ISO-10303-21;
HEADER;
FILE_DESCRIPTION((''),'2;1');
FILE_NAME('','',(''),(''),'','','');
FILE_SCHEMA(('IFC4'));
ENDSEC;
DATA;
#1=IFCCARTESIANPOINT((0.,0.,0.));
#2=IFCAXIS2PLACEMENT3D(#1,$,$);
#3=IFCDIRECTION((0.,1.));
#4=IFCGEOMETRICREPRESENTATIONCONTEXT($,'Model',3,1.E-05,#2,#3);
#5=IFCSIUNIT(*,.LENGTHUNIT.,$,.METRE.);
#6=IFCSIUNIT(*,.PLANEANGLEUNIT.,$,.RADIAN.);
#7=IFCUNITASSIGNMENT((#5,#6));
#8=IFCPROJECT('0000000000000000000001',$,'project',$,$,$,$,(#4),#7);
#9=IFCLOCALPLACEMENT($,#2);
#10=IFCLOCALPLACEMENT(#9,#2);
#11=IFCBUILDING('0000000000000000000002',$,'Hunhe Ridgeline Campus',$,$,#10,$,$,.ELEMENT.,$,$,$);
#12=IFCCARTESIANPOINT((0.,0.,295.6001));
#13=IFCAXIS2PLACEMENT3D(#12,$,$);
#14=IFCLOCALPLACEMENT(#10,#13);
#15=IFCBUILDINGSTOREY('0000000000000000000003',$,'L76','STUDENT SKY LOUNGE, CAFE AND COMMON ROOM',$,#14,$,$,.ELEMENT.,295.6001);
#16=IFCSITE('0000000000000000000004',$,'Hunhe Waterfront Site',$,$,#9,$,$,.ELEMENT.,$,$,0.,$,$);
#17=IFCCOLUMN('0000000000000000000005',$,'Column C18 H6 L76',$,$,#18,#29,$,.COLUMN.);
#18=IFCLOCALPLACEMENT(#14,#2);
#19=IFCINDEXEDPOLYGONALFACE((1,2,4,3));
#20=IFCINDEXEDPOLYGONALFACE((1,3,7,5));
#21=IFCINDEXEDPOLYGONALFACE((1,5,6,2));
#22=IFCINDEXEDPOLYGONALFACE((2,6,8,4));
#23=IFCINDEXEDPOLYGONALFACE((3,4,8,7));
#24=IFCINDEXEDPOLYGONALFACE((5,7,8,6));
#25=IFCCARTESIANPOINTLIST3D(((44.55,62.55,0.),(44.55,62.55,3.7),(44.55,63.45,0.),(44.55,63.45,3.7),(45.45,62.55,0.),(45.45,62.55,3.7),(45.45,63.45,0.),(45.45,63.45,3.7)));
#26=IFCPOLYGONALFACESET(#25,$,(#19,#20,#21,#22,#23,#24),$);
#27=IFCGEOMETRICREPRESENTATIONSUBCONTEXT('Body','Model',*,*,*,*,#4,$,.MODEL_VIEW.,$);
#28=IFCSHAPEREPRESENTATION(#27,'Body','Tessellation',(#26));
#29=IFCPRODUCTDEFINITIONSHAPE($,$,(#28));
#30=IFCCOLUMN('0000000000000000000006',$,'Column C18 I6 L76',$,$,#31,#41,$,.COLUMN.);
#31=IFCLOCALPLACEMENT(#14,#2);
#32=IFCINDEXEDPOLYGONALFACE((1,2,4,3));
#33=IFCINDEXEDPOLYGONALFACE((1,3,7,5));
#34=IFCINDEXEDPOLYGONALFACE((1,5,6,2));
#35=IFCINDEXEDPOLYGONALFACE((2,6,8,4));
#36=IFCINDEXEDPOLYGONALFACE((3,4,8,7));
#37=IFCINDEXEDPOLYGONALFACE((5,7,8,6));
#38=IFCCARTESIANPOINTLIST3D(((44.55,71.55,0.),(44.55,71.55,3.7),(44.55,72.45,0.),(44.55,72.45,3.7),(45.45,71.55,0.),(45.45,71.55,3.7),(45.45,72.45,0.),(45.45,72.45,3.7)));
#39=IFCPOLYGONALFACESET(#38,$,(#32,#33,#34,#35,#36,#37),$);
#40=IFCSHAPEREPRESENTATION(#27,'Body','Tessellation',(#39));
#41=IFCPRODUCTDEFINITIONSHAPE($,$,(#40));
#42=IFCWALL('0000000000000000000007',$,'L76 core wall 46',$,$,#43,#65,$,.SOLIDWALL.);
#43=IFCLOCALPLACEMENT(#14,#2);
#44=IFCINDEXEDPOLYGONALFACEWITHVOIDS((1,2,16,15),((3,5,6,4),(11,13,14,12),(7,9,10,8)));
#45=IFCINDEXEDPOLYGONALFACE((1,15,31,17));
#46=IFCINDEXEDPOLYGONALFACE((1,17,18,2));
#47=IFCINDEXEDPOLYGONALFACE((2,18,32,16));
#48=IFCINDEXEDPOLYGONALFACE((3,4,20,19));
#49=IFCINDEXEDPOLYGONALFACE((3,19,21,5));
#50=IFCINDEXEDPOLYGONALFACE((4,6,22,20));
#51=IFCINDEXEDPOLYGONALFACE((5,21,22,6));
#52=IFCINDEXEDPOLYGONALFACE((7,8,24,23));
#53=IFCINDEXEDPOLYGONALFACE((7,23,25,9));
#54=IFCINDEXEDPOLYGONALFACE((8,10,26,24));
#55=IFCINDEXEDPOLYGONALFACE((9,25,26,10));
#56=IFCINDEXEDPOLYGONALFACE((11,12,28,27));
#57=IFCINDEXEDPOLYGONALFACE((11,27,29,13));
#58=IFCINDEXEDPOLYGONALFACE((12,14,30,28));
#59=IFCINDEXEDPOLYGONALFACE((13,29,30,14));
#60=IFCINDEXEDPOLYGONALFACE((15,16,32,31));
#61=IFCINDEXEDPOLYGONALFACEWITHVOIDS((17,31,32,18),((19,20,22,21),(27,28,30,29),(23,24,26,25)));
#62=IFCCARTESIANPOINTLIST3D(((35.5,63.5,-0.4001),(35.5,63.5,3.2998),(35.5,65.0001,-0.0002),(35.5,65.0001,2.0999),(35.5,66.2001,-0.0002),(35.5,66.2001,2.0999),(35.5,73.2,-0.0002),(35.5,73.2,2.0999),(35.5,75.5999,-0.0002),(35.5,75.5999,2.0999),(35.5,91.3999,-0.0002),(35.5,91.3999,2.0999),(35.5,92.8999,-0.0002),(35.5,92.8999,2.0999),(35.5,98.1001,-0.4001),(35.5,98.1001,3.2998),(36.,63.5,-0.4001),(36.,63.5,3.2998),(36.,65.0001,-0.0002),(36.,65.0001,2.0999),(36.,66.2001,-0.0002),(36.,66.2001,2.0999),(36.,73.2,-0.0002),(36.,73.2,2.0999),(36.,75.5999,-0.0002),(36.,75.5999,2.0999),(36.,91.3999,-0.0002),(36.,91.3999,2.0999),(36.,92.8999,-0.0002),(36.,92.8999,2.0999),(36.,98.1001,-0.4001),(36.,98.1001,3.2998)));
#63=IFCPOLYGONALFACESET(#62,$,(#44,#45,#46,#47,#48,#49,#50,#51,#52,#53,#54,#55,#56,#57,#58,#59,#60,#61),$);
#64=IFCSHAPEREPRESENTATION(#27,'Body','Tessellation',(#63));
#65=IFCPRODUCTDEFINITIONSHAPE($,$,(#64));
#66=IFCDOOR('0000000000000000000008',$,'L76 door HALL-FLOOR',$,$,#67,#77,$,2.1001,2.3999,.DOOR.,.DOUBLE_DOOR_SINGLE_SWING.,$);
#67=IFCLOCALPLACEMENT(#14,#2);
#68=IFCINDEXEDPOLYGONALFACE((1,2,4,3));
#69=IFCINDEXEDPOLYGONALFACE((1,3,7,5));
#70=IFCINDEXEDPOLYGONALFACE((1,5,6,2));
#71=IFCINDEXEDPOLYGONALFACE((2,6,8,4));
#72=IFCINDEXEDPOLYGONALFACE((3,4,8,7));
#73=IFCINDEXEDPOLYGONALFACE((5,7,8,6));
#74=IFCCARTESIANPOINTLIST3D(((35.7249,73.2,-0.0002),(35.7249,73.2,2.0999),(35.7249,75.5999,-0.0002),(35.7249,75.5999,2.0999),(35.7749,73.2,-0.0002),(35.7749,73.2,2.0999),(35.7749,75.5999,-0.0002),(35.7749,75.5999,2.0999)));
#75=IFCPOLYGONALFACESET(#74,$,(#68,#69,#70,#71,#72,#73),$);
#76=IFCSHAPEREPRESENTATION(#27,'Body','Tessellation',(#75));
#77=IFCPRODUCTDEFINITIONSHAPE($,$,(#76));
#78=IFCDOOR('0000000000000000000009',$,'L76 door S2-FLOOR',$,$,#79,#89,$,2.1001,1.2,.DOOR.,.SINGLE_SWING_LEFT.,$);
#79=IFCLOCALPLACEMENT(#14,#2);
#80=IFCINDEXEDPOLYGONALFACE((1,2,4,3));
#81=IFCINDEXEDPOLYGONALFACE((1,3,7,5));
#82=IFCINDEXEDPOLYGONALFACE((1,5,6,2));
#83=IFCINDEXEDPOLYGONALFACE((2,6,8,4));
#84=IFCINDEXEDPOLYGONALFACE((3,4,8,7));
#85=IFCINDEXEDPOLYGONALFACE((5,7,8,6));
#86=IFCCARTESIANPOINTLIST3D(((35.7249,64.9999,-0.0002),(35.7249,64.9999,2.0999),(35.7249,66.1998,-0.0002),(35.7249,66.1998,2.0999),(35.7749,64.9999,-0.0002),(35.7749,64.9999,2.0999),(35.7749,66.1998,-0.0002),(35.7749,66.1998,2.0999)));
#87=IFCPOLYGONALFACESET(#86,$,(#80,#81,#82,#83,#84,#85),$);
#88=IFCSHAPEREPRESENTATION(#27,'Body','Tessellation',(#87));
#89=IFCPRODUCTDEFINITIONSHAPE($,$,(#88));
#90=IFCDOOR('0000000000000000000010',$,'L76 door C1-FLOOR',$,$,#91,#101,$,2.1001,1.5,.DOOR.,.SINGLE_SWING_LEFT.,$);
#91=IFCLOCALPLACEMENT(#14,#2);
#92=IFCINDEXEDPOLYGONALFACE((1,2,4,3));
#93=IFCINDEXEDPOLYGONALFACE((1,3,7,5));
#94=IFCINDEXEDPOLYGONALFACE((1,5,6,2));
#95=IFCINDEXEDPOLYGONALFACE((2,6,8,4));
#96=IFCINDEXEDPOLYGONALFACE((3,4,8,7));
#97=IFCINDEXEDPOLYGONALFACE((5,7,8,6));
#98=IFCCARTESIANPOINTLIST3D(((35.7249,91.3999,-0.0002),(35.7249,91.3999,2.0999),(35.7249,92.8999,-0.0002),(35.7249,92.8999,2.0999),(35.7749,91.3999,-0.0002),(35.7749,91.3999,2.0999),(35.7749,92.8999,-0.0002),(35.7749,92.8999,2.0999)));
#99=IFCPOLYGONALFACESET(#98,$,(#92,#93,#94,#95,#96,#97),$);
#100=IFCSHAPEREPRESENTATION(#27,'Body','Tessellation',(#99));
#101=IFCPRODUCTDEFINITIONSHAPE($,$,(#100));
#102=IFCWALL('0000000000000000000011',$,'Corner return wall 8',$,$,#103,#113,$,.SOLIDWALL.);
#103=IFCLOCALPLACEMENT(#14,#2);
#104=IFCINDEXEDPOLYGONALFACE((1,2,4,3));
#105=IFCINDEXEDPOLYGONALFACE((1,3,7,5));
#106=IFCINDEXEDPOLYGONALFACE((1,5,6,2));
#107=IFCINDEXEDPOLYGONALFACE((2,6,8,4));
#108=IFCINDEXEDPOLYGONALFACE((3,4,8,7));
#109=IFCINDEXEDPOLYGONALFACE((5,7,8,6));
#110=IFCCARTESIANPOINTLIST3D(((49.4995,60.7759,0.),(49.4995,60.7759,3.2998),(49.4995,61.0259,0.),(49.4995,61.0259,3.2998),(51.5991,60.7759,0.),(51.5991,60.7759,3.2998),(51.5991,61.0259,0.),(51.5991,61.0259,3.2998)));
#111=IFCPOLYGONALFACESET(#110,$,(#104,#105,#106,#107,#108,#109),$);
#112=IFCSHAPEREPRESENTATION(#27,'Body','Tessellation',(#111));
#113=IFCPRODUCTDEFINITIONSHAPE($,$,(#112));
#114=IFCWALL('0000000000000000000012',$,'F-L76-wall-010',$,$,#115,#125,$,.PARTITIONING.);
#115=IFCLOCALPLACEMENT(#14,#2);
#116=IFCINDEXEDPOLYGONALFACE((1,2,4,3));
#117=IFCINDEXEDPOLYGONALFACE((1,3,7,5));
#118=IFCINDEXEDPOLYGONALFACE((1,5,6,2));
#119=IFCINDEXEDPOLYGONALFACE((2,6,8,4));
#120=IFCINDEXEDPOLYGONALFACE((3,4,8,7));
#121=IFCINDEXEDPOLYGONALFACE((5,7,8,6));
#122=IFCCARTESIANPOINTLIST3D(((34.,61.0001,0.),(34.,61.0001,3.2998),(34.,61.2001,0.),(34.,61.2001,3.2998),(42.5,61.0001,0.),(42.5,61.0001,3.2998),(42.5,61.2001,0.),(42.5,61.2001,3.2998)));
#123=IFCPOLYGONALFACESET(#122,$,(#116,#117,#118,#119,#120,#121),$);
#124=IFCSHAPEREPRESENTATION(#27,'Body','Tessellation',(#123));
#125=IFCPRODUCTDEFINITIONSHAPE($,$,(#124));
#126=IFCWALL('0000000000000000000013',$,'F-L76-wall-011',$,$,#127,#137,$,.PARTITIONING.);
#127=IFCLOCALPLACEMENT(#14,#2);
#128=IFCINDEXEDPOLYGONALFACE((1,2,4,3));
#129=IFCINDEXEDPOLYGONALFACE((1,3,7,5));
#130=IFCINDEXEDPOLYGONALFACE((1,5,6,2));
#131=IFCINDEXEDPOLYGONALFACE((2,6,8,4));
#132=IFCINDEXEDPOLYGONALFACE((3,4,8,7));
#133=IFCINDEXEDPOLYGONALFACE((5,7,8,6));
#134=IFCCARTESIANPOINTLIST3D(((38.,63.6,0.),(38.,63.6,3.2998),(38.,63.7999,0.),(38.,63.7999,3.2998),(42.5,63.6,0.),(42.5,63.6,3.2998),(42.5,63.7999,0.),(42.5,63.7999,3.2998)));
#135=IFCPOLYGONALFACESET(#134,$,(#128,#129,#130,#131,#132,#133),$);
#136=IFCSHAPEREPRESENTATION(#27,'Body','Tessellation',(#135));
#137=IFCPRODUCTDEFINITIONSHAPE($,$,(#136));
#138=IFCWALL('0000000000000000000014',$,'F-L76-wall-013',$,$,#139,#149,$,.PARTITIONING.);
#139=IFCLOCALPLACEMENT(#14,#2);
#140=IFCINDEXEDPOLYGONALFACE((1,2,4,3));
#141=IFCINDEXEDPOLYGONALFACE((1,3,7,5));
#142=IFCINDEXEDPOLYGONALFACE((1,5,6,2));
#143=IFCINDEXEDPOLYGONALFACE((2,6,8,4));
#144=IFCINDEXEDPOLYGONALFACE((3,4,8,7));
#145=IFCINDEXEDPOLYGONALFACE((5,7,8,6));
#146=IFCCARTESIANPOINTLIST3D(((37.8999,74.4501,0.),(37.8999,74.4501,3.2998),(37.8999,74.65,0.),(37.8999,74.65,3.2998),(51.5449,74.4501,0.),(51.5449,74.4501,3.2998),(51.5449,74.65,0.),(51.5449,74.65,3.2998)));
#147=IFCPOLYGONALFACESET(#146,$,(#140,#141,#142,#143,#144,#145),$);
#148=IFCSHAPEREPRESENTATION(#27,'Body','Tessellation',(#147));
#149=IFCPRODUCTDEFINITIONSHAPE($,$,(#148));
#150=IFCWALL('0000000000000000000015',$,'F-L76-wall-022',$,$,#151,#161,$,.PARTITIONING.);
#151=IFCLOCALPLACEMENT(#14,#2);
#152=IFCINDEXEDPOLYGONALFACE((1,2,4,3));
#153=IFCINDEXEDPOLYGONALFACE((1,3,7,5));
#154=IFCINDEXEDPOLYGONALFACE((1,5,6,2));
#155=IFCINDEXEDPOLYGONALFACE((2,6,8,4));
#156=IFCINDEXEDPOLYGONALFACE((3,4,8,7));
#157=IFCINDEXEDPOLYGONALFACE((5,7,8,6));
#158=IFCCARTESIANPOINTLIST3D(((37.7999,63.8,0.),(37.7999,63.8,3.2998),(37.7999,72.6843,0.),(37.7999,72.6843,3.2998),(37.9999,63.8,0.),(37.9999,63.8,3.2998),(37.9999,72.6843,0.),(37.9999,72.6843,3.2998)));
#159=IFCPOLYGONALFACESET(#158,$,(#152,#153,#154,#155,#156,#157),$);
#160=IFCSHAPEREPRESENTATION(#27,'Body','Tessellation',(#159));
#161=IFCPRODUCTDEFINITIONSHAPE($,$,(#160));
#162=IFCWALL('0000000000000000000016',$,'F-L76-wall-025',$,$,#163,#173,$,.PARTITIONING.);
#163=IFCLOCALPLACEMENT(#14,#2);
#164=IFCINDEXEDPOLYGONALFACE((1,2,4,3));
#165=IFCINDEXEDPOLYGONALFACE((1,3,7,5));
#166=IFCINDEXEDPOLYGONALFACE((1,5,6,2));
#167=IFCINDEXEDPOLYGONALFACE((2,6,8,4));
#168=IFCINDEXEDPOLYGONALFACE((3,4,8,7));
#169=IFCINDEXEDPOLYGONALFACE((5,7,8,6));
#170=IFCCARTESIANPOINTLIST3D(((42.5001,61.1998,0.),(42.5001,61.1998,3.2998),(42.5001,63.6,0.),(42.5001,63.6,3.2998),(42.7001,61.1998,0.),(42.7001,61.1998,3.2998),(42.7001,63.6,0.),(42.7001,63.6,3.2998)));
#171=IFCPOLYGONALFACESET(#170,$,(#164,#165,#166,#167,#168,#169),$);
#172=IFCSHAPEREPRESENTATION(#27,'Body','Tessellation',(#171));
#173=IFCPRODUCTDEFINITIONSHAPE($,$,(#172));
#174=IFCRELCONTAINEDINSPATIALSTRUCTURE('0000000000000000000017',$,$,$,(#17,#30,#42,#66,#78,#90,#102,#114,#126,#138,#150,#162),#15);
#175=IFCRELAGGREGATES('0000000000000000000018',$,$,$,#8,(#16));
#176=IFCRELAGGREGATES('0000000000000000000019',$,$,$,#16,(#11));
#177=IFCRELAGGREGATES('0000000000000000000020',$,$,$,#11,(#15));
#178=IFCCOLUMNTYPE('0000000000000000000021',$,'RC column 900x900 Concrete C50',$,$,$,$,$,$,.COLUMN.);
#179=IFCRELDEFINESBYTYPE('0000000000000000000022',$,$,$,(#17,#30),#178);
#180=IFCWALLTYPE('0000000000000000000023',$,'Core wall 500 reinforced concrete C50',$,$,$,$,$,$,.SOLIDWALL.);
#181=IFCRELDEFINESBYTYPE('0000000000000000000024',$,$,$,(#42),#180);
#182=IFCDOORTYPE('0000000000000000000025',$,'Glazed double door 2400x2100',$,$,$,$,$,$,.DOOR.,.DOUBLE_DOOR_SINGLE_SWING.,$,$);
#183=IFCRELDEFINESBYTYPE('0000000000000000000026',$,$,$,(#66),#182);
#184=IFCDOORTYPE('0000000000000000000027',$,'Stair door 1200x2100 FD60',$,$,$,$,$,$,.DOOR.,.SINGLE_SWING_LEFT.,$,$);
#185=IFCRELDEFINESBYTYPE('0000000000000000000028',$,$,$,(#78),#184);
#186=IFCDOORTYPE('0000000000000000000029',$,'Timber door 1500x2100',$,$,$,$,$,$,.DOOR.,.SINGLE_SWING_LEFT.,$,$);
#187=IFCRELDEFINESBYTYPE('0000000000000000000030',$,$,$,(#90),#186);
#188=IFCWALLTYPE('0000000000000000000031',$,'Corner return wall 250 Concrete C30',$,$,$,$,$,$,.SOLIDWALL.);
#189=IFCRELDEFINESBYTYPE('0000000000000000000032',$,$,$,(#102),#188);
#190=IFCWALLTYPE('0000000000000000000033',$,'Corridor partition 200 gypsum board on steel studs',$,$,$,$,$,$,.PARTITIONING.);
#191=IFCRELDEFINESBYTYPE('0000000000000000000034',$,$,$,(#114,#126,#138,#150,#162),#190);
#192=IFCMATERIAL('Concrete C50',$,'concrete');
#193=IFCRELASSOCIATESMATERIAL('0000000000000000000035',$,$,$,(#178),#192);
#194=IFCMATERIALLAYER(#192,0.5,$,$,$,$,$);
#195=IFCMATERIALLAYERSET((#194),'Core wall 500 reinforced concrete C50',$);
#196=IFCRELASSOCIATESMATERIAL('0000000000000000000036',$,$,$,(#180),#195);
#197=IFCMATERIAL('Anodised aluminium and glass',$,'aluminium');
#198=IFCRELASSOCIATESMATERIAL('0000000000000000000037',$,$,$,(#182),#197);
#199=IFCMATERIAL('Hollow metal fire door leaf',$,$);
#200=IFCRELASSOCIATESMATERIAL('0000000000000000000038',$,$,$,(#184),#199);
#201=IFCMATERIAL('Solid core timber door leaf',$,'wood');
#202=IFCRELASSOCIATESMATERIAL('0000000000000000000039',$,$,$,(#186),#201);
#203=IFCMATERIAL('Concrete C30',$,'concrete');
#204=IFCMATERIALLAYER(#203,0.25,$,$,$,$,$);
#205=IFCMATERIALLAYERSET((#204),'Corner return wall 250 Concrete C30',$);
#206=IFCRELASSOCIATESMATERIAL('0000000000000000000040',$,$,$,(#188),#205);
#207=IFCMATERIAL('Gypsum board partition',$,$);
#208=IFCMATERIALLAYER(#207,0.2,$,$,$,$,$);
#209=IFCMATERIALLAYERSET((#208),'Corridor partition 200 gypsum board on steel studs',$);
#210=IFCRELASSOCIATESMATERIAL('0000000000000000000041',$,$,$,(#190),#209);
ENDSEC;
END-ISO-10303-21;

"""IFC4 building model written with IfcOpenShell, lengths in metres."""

from ifc_helpers import new_model, si_unit, direction, frame, frame_2d, origin, origin_2d, place, context, subcontext, project, spatial, rectangle, extrude, material, layer, layer_set, material_profile, profile_set, type_object, element, fill, save


model = new_model("IFC4")

# Units and contexts
model_context = context("Model", 3, precision=1e-05, world=origin(), true_north=direction((0.0, 1.0)))
body_context = subcontext(model_context, "Body", "Model", "MODEL_VIEW")
ifc_project = project(units=[si_unit("LENGTHUNIT", "METRE"), si_unit("PLANEANGLEUNIT", "RADIAN")], contexts=[model_context])

# Site, building, storey
site_placement = place(None, origin())
site = spatial("IfcSite", under=ifc_project, at=site_placement, Name="Hunhe Waterfront Site", CompositionType="ELEMENT", RefElevation=0.0)
building_placement = place(site_placement, origin())
building = spatial("IfcBuilding", under=site, at=building_placement, Name="Hunhe Ridgeline Campus", CompositionType="ELEMENT")
storey_placement = place(building_placement, frame((0.0, 0.0, 295.6001)))
storey = spatial("IfcBuildingStorey", under=building, at=storey_placement, Name="L76", Description="STUDENT SKY LOUNGE, CAFE AND COMMON ROOM", CompositionType="ELEMENT", Elevation=295.6001)

# Columns
ifc_material_1 = material(Name="Concrete C50", Category="concrete")
ifc_material_profile = material_profile(ifc_material_1, rectangle(XDim=0.8999, YDim=0.8999, at=origin_2d()))
ifc_profile_set = profile_set([ifc_material_profile], Name="Concrete C50")
column_type = type_object("IfcColumnType", Name="RC column 900x900 Concrete C50", PredefinedType="COLUMN", material=ifc_profile_set)
for number, where, z_axis, x_axis, name in (
    (1, (45.0, 63.0, 0.0), (0.0, 0.0, 1.0), (1.0, 0.0, 0.0), "Column C18 H6 L76"),
    (2, (45.0, 72.0, 0.0), (0.0, 0.0, 1.0), (1.0, 0.0, 0.0), "Column C18 I6 L76"),
):
    element("IfcColumn", number, at=place(storey_placement, frame(where, z_axis=z_axis, x_axis=x_axis)), inside=storey, type_object=column_type, Name=name, PredefinedType="COLUMN", context=body_context, shape_type="SweptSolid", body=[
        extrude(rectangle(XDim=0.8999, YDim=0.8999, at=origin_2d()), origin(), (0.0, 0.0, 1.0), 3.7),
    ])

# Wall, openings, doors
ifc_layer_1 = layer(ifc_material_1, 0.5)
ifc_layer_set_1 = layer_set([ifc_layer_1], Name="Core wall 500 reinforced concrete C50")
wall_type_1 = type_object("IfcWallType", Name="Core wall 500 reinforced concrete C50", PredefinedType="SOLIDWALL", material=ifc_layer_set_1)
wall_1_placement = place(storey_placement, frame((35.75, 63.5, -0.4001), z_axis=(0.0, 0.0, 1.0), x_axis=(0.0, 1.0, 0.0)))
wall_1 = element("IfcWall", 3, at=wall_1_placement, inside=storey, type_object=wall_type_1, Name="L76 core wall 46", PredefinedType="SOLIDWALL", context=body_context, shape_type="SweptSolid", body=[
    extrude(rectangle(XDim=34.6001, YDim=0.5, at=frame_2d((17.3, 0.0))), origin(), (0.0, 0.0, 1.0), 3.7),
])
opening_1_placement = place(wall_1_placement, frame((9.7, 0.0, 0.3999)))
opening_1 = element("IfcOpeningElement", 4, at=opening_1_placement, cuts=wall_1, PredefinedType="OPENING", context=body_context, shape_type="SweptSolid", body=[
    extrude(rectangle(XDim=2.3999, YDim=2.1001, at=frame_2d((1.2, 1.05))), frame((0.0, 0.25, 0.0), z_axis=(0.0, -1.0, 0.0), x_axis=(1.0, 0.0, 0.0)), (0.0, 0.0, 1.0), 0.5),
])
opening_2_placement = place(wall_1_placement, frame((27.8999, 0.0, 0.3999)))
opening_2 = element("IfcOpeningElement", 5, at=opening_2_placement, cuts=wall_1, PredefinedType="OPENING", context=body_context, shape_type="SweptSolid", body=[
    extrude(rectangle(XDim=1.5, YDim=2.1001, at=frame_2d((0.75, 1.05))), frame((0.0, 0.25, 0.0), z_axis=(0.0, -1.0, 0.0), x_axis=(1.0, 0.0, 0.0)), (0.0, 0.0, 1.0), 0.5),
])
opening_3_placement = place(wall_1_placement, frame((1.5, 0.0, 0.3999)))
opening_3 = element("IfcOpeningElement", 6, at=opening_3_placement, cuts=wall_1, PredefinedType="OPENING", context=body_context, shape_type="SweptSolid", body=[
    extrude(rectangle(XDim=1.2, YDim=2.1001, at=frame_2d((0.6001, 1.05))), frame((0.0, 0.25, 0.0), z_axis=(0.0, -1.0, 0.0), x_axis=(1.0, 0.0, 0.0)), (0.0, 0.0, 1.0), 0.5),
])
ifc_material_2 = material(Name="Anodised aluminium and glass", Category="aluminium")
door_type_1 = type_object("IfcDoorType", Name="Glazed double door 2400x2100", OperationType="DOUBLE_DOOR_SINGLE_SWING", PredefinedType="DOOR", material=ifc_material_2)
door_1_placement = place(opening_1_placement, frame((2.3999, 0.0, 0.0), z_axis=(0.0, 0.0, 1.0), x_axis=(-1.0, 0.0, 0.0)))
door_1 = element("IfcDoor", 7, at=door_1_placement, inside=storey, type_object=door_type_1, Name="L76 door HALL-FLOOR", OperationType="DOUBLE_DOOR_SINGLE_SWING", OverallHeight=2.1001, OverallWidth=2.3999, PredefinedType="DOOR", context=body_context, shape_type="SweptSolid", body=[
    extrude(rectangle(XDim=2.3999, YDim=2.1001, at=frame_2d((1.2, 1.05))), frame((0.0, 0.0249, 0.0), z_axis=(0.0, -1.0, 0.0), x_axis=(1.0, 0.0, 0.0)), (0.0, 0.0, 1.0), 0.05),
])
fill(opening_1, door_1)
ifc_material_3 = material(Name="Hollow metal fire door leaf")
door_type_2 = type_object("IfcDoorType", Name="Stair door 1200x2100 FD60", OperationType="SINGLE_SWING_LEFT", PredefinedType="DOOR", material=ifc_material_3)
door_2_placement = place(opening_3_placement, frame((1.2, 0.0, 0.0), z_axis=(0.0, 0.0, 1.0), x_axis=(-1.0, 0.0, 0.0)))
door_2 = element("IfcDoor", 8, at=door_2_placement, inside=storey, type_object=door_type_2, Name="L76 door S2-FLOOR", OperationType="SINGLE_SWING_LEFT", OverallHeight=2.1001, OverallWidth=1.2, PredefinedType="DOOR", context=body_context, shape_type="SweptSolid", body=[
    extrude(rectangle(XDim=1.2, YDim=2.1001, at=frame_2d((0.6001, 1.05))), frame((0.0, 0.0249, 0.0), z_axis=(0.0, -1.0, 0.0), x_axis=(1.0, 0.0, 0.0)), (0.0, 0.0, 1.0), 0.05),
])
fill(opening_3, door_2)
ifc_material_4 = material(Name="Solid core timber door leaf", Category="wood")
door_type_3 = type_object("IfcDoorType", Name="Timber door 1500x2100", OperationType="SINGLE_SWING_LEFT", PredefinedType="DOOR", material=ifc_material_4)
door_3_placement = place(opening_2_placement, frame((1.5, 0.0, 0.0), z_axis=(0.0, 0.0, 1.0), x_axis=(-1.0, 0.0, 0.0)))
door_3 = element("IfcDoor", 9, at=door_3_placement, inside=storey, type_object=door_type_3, Name="L76 door C1-FLOOR", OperationType="SINGLE_SWING_LEFT", OverallHeight=2.1001, OverallWidth=1.5, PredefinedType="DOOR", context=body_context, shape_type="SweptSolid", body=[
    extrude(rectangle(XDim=1.5, YDim=2.1001, at=frame_2d((0.75, 1.05))), frame((0.0, 0.0249, 0.0), z_axis=(0.0, -1.0, 0.0), x_axis=(1.0, 0.0, 0.0)), (0.0, 0.0, 1.0), 0.05),
])
fill(opening_2, door_3)

# Walls
ifc_material_5 = material(Name="Concrete C30", Category="concrete")
ifc_layer_2 = layer(ifc_material_5, 0.25)
ifc_layer_set_2 = layer_set([ifc_layer_2], Name="Corner return wall 250 Concrete C30")
wall_type_2 = type_object("IfcWallType", Name="Corner return wall 250 Concrete C30", PredefinedType="SOLIDWALL", material=ifc_layer_set_2)
wall_2_placement = place(storey_placement, frame((49.4995, 60.9009, 0.0), z_axis=(0.0, 0.0, 1.0), x_axis=(1.0, 0.0, 0.0)))
element("IfcWall", 10, at=wall_2_placement, inside=storey, type_object=wall_type_2, Name="Corner return wall 8", PredefinedType="SOLIDWALL", context=body_context, shape_type="SweptSolid", body=[
    extrude(rectangle(XDim=2.0996, YDim=0.25, at=frame_2d((1.0498, 0.0))), origin(), (0.0, 0.0, 1.0), 3.2998),
])
ifc_material_6 = material(Name="Gypsum board partition")
ifc_layer_3 = layer(ifc_material_6, 0.2)
ifc_layer_set_3 = layer_set([ifc_layer_3], Name="Corridor partition 200 gypsum board on steel studs")
wall_type_3 = type_object("IfcWallType", Name="Corridor partition 200 gypsum board on steel studs", PredefinedType="PARTITIONING", material=ifc_layer_set_3)
wall_3_placement = place(storey_placement, frame((42.5, 61.1001, 0.0), z_axis=(0.0, 0.0, 1.0), x_axis=(-1.0, 0.0, 0.0)))
element("IfcWall", 11, at=wall_3_placement, inside=storey, type_object=wall_type_3, Name="F-L76-wall-010", PredefinedType="PARTITIONING", context=body_context, shape_type="SweptSolid", body=[
    extrude(rectangle(XDim=8.5, YDim=0.2, at=frame_2d((4.25, 0.0))), origin(), (0.0, 0.0, 1.0), 3.2998),
])
wall_4_placement = place(storey_placement, frame((38.0, 63.7, 0.0), z_axis=(0.0, 0.0, 1.0), x_axis=(1.0, 0.0, 0.0)))
element("IfcWall", 12, at=wall_4_placement, inside=storey, type_object=wall_type_3, Name="F-L76-wall-011", PredefinedType="PARTITIONING", context=body_context, shape_type="SweptSolid", body=[
    extrude(rectangle(XDim=4.5, YDim=0.2, at=frame_2d((2.25, 0.0))), origin(), (0.0, 0.0, 1.0), 3.2998),
])

# Wall
wall_5_placement = place(storey_placement, frame((37.8999, 74.55, 0.0), z_axis=(0.0, 0.0, 1.0), x_axis=(1.0, 0.0, 0.0)))
element("IfcWall", 13, at=wall_5_placement, inside=storey, type_object=wall_type_3, Name="F-L76-wall-013", PredefinedType="PARTITIONING", context=body_context, shape_type="SweptSolid", body=[
    extrude(rectangle(XDim=13.645, YDim=0.2, at=frame_2d((6.8225, 0.0))), origin(), (0.0, 0.0, 1.0), 3.2998),
])

# Walls
wall_6_placement = place(storey_placement, frame((37.8999, 72.6843, 0.0), z_axis=(0.0, 0.0, 1.0), x_axis=(0.0, -1.0, 0.0)))
element("IfcWall", 14, at=wall_6_placement, inside=storey, type_object=wall_type_3, Name="F-L76-wall-022", PredefinedType="PARTITIONING", context=body_context, shape_type="SweptSolid", body=[
    extrude(rectangle(XDim=8.8843, YDim=0.2, at=frame_2d((4.4421, 0.0))), origin(), (0.0, 0.0, 1.0), 3.2998),
])
wall_7_placement = place(storey_placement, frame((42.6001, 63.6001, 0.0), z_axis=(0.0, 0.0, 1.0), x_axis=(0.0, -1.0, 0.0)))
element("IfcWall", 15, at=wall_7_placement, inside=storey, type_object=wall_type_3, Name="F-L76-wall-025", PredefinedType="PARTITIONING", context=body_context, shape_type="SweptSolid", body=[
    extrude(rectangle(XDim=2.4001, YDim=0.2, at=frame_2d((1.2002, 0.0))), origin(), (0.0, 0.0, 1.0), 3.2998),
])

save(model, "model.ifc")
